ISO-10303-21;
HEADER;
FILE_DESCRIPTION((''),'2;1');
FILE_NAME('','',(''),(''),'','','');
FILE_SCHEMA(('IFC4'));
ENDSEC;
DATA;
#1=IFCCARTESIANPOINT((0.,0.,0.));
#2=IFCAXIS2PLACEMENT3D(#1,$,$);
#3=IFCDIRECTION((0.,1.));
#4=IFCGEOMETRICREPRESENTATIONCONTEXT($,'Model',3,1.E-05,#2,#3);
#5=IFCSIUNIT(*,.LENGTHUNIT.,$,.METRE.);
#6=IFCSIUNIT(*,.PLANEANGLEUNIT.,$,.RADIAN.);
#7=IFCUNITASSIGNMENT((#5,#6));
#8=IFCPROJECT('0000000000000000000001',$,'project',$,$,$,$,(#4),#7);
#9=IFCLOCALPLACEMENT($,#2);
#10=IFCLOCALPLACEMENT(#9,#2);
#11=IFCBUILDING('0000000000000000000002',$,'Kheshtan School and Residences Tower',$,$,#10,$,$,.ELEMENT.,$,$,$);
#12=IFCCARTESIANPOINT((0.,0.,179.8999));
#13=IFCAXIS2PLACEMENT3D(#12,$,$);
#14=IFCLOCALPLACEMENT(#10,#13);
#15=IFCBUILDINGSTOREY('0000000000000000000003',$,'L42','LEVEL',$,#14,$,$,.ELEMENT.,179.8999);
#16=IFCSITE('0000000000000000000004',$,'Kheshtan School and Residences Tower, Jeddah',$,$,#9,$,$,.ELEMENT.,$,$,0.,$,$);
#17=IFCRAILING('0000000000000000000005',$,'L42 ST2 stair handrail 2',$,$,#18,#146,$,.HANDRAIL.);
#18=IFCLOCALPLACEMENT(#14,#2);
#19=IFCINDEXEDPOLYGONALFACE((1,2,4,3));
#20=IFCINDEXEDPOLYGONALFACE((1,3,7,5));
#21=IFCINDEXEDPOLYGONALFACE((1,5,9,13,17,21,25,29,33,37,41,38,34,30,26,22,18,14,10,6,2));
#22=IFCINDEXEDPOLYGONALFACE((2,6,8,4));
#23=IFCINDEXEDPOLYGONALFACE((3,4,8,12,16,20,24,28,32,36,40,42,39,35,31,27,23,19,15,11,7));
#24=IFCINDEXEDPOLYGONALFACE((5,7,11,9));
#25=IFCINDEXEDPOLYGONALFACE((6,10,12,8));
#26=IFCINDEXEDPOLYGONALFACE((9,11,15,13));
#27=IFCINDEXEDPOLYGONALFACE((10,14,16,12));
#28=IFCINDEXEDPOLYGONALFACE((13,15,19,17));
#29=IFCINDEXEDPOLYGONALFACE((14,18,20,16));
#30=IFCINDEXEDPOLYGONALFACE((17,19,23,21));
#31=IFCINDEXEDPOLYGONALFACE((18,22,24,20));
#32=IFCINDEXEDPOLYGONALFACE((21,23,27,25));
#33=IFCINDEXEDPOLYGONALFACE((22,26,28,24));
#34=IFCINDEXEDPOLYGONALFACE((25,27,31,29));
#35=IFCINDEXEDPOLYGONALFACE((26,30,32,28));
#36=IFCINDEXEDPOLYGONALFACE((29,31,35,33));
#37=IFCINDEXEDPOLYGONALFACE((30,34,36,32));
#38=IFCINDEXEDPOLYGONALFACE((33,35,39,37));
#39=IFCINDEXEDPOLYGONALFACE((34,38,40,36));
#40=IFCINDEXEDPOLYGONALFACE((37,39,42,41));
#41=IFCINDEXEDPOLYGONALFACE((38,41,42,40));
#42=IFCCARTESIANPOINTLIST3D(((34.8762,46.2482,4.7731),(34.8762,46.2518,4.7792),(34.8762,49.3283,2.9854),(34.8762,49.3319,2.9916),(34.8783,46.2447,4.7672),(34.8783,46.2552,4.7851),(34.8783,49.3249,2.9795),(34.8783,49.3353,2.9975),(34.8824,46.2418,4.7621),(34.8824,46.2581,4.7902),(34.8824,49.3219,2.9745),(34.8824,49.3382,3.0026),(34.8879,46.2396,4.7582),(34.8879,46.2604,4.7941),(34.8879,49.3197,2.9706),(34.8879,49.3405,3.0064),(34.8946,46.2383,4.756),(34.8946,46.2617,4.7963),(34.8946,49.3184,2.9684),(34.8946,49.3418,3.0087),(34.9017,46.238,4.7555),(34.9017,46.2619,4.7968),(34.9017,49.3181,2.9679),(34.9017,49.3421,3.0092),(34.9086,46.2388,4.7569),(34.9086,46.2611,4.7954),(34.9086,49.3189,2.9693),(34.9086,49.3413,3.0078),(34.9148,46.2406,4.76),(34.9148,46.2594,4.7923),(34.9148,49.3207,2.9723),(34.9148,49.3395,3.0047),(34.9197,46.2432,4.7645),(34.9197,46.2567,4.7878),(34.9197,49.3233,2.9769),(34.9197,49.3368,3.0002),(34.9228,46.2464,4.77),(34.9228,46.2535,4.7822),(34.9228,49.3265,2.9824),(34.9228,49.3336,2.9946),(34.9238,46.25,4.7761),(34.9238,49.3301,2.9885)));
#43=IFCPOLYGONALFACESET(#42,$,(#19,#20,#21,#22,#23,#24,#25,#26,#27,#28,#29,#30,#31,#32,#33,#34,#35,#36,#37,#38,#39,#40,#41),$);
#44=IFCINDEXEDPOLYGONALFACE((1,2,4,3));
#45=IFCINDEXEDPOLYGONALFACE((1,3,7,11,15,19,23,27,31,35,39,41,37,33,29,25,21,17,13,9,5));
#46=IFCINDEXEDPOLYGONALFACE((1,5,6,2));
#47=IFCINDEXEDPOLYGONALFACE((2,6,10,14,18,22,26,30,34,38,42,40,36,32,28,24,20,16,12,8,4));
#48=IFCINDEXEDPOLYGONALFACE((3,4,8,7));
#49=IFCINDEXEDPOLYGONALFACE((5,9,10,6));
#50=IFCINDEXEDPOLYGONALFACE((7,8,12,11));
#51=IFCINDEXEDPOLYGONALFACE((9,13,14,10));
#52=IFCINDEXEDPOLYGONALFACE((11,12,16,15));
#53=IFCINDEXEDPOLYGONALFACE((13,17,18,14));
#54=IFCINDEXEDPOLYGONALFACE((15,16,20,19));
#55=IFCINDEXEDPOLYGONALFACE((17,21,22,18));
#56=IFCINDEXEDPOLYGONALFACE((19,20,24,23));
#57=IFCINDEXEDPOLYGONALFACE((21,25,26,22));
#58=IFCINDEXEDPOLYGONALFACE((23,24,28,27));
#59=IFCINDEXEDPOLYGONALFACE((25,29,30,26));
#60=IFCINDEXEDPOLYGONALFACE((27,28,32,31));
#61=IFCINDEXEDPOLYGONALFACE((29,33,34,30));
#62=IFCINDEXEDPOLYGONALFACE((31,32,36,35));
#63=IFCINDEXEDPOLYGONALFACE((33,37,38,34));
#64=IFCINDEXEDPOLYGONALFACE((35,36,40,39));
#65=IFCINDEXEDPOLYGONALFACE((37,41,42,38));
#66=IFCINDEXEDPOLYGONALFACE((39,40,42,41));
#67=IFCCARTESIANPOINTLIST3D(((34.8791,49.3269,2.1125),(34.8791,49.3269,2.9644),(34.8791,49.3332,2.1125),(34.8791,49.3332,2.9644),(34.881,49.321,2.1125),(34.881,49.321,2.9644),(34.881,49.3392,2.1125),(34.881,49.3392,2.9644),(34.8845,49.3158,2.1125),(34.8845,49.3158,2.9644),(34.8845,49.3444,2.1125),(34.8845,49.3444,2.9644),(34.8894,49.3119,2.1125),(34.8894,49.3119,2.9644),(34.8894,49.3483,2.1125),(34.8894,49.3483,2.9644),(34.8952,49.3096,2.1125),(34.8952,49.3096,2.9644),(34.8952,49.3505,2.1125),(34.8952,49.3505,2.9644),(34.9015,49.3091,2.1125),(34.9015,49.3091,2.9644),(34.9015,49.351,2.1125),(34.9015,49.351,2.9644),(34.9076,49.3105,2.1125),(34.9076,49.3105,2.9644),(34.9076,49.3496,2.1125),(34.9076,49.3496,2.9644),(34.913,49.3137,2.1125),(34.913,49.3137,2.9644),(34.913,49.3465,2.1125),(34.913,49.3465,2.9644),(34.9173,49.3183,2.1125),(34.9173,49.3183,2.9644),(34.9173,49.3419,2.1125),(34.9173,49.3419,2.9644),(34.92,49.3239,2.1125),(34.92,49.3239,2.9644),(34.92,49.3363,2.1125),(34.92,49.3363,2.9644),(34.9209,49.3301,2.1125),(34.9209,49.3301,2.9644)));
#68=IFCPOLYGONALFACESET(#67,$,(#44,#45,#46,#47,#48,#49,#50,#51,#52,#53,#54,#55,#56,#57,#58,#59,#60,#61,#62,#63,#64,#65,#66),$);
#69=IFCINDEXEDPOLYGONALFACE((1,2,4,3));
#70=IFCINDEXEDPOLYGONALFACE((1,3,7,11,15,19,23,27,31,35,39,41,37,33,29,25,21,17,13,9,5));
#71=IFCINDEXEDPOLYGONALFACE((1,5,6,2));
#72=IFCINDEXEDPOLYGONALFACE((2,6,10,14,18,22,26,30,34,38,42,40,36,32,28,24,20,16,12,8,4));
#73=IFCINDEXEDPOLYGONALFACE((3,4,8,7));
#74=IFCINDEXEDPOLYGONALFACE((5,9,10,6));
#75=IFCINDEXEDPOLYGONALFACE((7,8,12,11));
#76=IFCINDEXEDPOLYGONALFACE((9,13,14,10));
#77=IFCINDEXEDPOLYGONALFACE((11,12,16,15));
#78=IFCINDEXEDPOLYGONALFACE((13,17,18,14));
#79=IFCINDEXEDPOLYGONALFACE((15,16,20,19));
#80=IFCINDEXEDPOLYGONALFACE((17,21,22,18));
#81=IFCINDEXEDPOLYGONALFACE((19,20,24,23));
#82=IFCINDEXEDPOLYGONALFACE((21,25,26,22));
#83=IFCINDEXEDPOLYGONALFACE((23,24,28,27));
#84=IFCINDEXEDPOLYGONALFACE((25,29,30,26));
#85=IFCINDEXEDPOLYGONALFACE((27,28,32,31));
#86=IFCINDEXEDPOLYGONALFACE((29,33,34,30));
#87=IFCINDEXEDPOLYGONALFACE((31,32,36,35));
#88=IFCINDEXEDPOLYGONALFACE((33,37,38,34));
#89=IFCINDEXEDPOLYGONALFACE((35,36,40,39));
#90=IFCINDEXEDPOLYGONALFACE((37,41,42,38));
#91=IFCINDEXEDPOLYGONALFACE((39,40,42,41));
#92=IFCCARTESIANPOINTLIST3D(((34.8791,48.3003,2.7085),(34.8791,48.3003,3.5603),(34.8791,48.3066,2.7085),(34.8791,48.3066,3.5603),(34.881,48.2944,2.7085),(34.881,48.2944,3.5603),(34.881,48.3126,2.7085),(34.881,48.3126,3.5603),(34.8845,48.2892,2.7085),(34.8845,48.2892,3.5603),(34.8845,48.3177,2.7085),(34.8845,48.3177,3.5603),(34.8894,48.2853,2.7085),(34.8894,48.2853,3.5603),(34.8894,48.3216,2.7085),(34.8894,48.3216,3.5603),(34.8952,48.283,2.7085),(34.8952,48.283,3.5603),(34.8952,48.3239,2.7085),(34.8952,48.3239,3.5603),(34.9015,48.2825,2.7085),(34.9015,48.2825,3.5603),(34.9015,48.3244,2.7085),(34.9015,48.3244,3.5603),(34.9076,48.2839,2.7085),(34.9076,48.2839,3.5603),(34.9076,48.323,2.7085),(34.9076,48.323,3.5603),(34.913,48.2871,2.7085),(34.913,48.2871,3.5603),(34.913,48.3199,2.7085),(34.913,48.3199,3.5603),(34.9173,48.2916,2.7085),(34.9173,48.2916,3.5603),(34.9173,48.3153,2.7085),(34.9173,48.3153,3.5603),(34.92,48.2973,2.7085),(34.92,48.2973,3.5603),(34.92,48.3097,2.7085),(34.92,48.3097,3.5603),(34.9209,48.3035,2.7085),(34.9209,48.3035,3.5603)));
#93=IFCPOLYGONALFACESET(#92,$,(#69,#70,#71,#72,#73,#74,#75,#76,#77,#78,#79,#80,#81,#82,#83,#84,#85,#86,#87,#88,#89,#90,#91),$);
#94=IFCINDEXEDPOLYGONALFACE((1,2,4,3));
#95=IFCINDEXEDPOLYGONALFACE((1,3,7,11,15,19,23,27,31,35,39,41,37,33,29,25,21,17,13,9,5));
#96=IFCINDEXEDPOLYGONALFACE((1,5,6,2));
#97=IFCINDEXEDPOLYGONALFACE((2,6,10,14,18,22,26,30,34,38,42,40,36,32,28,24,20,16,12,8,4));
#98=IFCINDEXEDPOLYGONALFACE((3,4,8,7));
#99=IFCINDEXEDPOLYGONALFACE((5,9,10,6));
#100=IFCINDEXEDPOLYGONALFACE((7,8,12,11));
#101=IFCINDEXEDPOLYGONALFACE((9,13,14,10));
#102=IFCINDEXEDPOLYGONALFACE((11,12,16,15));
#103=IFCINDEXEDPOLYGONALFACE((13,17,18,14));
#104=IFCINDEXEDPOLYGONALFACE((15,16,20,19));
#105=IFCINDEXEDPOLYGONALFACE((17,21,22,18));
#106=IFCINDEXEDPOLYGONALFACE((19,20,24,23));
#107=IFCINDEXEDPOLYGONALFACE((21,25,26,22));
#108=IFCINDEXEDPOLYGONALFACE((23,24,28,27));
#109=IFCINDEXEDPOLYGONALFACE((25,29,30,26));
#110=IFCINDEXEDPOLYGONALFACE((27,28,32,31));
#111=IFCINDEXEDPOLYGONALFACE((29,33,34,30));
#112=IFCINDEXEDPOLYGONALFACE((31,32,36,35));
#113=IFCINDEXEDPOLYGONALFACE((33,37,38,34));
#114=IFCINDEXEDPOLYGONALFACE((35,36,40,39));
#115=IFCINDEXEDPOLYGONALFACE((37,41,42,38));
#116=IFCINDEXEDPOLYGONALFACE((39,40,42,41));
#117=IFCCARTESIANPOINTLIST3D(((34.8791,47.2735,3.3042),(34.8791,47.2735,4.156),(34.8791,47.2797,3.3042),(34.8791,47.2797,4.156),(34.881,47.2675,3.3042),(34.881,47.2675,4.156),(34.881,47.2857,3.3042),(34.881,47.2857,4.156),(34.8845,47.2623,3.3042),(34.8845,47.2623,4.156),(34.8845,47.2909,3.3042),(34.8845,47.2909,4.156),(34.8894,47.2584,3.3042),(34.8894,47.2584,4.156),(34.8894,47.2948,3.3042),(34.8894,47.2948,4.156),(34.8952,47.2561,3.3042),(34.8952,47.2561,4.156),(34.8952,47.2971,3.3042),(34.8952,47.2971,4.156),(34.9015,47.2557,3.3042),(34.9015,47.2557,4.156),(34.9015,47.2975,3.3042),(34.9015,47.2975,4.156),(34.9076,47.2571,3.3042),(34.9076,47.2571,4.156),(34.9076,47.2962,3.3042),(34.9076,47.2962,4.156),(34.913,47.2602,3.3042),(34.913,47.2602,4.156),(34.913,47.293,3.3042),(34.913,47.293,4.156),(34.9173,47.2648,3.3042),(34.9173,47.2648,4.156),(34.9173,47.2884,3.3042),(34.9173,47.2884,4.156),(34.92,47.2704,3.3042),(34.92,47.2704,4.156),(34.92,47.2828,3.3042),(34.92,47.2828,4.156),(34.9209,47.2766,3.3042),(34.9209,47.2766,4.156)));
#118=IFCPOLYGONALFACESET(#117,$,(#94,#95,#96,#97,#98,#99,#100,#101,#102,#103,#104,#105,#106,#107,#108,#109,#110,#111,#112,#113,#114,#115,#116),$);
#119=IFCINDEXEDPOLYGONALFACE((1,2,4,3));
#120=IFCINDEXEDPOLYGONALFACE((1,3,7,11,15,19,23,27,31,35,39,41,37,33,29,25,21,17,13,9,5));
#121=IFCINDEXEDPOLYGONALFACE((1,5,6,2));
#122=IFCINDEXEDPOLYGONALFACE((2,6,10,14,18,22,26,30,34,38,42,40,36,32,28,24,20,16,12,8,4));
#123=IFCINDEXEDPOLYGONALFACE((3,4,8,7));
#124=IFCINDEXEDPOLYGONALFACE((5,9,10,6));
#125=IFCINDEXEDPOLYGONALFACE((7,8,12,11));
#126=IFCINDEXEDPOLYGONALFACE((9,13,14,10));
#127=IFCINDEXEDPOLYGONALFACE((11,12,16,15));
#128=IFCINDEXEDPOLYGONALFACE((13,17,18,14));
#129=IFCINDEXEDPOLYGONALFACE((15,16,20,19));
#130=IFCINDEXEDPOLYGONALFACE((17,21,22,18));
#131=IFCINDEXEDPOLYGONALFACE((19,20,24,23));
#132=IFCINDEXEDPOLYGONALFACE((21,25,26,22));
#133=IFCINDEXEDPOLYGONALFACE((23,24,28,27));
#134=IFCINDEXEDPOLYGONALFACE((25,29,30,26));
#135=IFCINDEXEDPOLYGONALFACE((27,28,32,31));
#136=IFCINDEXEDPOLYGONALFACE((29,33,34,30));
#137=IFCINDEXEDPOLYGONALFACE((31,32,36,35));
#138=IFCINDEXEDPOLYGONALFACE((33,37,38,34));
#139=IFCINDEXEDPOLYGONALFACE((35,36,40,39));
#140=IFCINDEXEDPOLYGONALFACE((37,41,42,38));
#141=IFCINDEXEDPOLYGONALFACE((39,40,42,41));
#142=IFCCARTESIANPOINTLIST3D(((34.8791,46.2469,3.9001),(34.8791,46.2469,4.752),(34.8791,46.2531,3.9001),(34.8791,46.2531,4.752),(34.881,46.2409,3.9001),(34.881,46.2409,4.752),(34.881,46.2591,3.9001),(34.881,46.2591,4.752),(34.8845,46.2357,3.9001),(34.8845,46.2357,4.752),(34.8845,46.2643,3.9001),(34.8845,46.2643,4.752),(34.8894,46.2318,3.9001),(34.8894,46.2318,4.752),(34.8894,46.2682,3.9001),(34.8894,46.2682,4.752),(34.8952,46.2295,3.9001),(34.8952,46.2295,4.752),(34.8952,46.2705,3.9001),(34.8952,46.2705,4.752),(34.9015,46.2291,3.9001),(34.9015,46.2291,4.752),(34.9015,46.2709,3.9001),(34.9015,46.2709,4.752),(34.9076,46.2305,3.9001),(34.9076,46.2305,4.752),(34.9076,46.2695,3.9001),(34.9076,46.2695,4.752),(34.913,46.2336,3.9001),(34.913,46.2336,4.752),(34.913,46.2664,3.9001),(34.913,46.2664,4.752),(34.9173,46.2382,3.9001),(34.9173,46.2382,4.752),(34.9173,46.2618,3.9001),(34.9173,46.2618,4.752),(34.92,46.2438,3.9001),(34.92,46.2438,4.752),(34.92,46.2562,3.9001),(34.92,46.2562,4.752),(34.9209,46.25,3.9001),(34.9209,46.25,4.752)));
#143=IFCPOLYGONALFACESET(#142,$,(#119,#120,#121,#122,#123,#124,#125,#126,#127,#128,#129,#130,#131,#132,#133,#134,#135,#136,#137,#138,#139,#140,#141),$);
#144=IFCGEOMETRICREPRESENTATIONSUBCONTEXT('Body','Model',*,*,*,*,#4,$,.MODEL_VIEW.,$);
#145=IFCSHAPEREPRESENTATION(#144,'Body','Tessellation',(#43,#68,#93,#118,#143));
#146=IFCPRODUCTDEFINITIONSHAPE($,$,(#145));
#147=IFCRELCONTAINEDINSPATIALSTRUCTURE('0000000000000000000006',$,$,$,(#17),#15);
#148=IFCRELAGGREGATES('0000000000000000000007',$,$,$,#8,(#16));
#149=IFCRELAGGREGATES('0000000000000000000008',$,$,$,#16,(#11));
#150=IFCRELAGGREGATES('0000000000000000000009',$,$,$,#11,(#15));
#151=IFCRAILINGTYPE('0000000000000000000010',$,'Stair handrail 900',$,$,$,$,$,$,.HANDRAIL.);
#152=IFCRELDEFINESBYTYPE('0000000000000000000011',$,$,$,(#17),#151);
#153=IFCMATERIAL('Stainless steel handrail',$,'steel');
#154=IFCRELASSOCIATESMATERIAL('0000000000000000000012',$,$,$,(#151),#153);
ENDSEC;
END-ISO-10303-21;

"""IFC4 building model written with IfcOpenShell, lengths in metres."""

from ifc_helpers import new_model, si_unit, direction, frame, origin, origin_2d, place, context, subcontext, project, spatial, circle, extrude, material, type_object, element, save


model = new_model("IFC4")

# Units and contexts
model_context = context("Model", 3, precision=1e-05, world=origin(), true_north=direction((0.0, 1.0)))
body_context = subcontext(model_context, "Body", "Model", "MODEL_VIEW")
ifc_project = project(units=[si_unit("LENGTHUNIT", "METRE"), si_unit("PLANEANGLEUNIT", "RADIAN")], contexts=[model_context])

# Site, building, storey
site_placement = place(None, origin())
site = spatial("IfcSite", under=ifc_project, at=site_placement, Name="Kheshtan School and Residences Tower, Jeddah", CompositionType="ELEMENT", RefElevation=0.0)
building_placement = place(site_placement, origin())
building = spatial("IfcBuilding", under=site, at=building_placement, Name="Kheshtan School and Residences Tower", CompositionType="ELEMENT")
storey_placement = place(building_placement, frame((0.0, 0.0, 179.8999)))
storey = spatial("IfcBuildingStorey", under=building, at=storey_placement, Name="L42", Description="LEVEL", CompositionType="ELEMENT", Elevation=179.8999)

# Railing
ifc_material_1 = material(Name="Stainless steel handrail", Category="steel")
railing_type_1 = type_object("IfcRailingType", Name="Stair handrail 900", PredefinedType="HANDRAIL", material=ifc_material_1)
railing_1_placement = place(storey_placement, frame((34.8999, 49.3301, 2.1125)))
element("IfcRailing", 1, at=railing_1_placement, inside=storey, type_object=railing_type_1, Name="L42 ST2 stair handrail 2", PredefinedType="HANDRAIL", context=body_context, shape_type="SweptSolid", body=[
    extrude(circle(Radius=0.0239, at=origin_2d()), frame((0.0, 0.0, 0.876), z_axis=(0.0, -0.864891, 0.50196), x_axis=(1.0, 0.0, 0.0)), (0.0, 0.0, 1.0), 3.5613),
    extrude(circle(Radius=0.021, at=origin_2d()), origin(), (0.0, 0.0, 1.0), 0.8518),
    extrude(circle(Radius=0.021, at=origin_2d()), frame((0.0, -1.0266, 0.5959)), (0.0, 0.0, 1.0), 0.8518),
    extrude(circle(Radius=0.021, at=origin_2d()), frame((0.0, -2.0535, 1.1917)), (0.0, 0.0, 1.0), 0.8518),
    extrude(circle(Radius=0.021, at=origin_2d()), frame((0.0, -3.0801, 1.7876)), (0.0, 0.0, 1.0), 0.8518),
])

save(model, "model.ifc")
